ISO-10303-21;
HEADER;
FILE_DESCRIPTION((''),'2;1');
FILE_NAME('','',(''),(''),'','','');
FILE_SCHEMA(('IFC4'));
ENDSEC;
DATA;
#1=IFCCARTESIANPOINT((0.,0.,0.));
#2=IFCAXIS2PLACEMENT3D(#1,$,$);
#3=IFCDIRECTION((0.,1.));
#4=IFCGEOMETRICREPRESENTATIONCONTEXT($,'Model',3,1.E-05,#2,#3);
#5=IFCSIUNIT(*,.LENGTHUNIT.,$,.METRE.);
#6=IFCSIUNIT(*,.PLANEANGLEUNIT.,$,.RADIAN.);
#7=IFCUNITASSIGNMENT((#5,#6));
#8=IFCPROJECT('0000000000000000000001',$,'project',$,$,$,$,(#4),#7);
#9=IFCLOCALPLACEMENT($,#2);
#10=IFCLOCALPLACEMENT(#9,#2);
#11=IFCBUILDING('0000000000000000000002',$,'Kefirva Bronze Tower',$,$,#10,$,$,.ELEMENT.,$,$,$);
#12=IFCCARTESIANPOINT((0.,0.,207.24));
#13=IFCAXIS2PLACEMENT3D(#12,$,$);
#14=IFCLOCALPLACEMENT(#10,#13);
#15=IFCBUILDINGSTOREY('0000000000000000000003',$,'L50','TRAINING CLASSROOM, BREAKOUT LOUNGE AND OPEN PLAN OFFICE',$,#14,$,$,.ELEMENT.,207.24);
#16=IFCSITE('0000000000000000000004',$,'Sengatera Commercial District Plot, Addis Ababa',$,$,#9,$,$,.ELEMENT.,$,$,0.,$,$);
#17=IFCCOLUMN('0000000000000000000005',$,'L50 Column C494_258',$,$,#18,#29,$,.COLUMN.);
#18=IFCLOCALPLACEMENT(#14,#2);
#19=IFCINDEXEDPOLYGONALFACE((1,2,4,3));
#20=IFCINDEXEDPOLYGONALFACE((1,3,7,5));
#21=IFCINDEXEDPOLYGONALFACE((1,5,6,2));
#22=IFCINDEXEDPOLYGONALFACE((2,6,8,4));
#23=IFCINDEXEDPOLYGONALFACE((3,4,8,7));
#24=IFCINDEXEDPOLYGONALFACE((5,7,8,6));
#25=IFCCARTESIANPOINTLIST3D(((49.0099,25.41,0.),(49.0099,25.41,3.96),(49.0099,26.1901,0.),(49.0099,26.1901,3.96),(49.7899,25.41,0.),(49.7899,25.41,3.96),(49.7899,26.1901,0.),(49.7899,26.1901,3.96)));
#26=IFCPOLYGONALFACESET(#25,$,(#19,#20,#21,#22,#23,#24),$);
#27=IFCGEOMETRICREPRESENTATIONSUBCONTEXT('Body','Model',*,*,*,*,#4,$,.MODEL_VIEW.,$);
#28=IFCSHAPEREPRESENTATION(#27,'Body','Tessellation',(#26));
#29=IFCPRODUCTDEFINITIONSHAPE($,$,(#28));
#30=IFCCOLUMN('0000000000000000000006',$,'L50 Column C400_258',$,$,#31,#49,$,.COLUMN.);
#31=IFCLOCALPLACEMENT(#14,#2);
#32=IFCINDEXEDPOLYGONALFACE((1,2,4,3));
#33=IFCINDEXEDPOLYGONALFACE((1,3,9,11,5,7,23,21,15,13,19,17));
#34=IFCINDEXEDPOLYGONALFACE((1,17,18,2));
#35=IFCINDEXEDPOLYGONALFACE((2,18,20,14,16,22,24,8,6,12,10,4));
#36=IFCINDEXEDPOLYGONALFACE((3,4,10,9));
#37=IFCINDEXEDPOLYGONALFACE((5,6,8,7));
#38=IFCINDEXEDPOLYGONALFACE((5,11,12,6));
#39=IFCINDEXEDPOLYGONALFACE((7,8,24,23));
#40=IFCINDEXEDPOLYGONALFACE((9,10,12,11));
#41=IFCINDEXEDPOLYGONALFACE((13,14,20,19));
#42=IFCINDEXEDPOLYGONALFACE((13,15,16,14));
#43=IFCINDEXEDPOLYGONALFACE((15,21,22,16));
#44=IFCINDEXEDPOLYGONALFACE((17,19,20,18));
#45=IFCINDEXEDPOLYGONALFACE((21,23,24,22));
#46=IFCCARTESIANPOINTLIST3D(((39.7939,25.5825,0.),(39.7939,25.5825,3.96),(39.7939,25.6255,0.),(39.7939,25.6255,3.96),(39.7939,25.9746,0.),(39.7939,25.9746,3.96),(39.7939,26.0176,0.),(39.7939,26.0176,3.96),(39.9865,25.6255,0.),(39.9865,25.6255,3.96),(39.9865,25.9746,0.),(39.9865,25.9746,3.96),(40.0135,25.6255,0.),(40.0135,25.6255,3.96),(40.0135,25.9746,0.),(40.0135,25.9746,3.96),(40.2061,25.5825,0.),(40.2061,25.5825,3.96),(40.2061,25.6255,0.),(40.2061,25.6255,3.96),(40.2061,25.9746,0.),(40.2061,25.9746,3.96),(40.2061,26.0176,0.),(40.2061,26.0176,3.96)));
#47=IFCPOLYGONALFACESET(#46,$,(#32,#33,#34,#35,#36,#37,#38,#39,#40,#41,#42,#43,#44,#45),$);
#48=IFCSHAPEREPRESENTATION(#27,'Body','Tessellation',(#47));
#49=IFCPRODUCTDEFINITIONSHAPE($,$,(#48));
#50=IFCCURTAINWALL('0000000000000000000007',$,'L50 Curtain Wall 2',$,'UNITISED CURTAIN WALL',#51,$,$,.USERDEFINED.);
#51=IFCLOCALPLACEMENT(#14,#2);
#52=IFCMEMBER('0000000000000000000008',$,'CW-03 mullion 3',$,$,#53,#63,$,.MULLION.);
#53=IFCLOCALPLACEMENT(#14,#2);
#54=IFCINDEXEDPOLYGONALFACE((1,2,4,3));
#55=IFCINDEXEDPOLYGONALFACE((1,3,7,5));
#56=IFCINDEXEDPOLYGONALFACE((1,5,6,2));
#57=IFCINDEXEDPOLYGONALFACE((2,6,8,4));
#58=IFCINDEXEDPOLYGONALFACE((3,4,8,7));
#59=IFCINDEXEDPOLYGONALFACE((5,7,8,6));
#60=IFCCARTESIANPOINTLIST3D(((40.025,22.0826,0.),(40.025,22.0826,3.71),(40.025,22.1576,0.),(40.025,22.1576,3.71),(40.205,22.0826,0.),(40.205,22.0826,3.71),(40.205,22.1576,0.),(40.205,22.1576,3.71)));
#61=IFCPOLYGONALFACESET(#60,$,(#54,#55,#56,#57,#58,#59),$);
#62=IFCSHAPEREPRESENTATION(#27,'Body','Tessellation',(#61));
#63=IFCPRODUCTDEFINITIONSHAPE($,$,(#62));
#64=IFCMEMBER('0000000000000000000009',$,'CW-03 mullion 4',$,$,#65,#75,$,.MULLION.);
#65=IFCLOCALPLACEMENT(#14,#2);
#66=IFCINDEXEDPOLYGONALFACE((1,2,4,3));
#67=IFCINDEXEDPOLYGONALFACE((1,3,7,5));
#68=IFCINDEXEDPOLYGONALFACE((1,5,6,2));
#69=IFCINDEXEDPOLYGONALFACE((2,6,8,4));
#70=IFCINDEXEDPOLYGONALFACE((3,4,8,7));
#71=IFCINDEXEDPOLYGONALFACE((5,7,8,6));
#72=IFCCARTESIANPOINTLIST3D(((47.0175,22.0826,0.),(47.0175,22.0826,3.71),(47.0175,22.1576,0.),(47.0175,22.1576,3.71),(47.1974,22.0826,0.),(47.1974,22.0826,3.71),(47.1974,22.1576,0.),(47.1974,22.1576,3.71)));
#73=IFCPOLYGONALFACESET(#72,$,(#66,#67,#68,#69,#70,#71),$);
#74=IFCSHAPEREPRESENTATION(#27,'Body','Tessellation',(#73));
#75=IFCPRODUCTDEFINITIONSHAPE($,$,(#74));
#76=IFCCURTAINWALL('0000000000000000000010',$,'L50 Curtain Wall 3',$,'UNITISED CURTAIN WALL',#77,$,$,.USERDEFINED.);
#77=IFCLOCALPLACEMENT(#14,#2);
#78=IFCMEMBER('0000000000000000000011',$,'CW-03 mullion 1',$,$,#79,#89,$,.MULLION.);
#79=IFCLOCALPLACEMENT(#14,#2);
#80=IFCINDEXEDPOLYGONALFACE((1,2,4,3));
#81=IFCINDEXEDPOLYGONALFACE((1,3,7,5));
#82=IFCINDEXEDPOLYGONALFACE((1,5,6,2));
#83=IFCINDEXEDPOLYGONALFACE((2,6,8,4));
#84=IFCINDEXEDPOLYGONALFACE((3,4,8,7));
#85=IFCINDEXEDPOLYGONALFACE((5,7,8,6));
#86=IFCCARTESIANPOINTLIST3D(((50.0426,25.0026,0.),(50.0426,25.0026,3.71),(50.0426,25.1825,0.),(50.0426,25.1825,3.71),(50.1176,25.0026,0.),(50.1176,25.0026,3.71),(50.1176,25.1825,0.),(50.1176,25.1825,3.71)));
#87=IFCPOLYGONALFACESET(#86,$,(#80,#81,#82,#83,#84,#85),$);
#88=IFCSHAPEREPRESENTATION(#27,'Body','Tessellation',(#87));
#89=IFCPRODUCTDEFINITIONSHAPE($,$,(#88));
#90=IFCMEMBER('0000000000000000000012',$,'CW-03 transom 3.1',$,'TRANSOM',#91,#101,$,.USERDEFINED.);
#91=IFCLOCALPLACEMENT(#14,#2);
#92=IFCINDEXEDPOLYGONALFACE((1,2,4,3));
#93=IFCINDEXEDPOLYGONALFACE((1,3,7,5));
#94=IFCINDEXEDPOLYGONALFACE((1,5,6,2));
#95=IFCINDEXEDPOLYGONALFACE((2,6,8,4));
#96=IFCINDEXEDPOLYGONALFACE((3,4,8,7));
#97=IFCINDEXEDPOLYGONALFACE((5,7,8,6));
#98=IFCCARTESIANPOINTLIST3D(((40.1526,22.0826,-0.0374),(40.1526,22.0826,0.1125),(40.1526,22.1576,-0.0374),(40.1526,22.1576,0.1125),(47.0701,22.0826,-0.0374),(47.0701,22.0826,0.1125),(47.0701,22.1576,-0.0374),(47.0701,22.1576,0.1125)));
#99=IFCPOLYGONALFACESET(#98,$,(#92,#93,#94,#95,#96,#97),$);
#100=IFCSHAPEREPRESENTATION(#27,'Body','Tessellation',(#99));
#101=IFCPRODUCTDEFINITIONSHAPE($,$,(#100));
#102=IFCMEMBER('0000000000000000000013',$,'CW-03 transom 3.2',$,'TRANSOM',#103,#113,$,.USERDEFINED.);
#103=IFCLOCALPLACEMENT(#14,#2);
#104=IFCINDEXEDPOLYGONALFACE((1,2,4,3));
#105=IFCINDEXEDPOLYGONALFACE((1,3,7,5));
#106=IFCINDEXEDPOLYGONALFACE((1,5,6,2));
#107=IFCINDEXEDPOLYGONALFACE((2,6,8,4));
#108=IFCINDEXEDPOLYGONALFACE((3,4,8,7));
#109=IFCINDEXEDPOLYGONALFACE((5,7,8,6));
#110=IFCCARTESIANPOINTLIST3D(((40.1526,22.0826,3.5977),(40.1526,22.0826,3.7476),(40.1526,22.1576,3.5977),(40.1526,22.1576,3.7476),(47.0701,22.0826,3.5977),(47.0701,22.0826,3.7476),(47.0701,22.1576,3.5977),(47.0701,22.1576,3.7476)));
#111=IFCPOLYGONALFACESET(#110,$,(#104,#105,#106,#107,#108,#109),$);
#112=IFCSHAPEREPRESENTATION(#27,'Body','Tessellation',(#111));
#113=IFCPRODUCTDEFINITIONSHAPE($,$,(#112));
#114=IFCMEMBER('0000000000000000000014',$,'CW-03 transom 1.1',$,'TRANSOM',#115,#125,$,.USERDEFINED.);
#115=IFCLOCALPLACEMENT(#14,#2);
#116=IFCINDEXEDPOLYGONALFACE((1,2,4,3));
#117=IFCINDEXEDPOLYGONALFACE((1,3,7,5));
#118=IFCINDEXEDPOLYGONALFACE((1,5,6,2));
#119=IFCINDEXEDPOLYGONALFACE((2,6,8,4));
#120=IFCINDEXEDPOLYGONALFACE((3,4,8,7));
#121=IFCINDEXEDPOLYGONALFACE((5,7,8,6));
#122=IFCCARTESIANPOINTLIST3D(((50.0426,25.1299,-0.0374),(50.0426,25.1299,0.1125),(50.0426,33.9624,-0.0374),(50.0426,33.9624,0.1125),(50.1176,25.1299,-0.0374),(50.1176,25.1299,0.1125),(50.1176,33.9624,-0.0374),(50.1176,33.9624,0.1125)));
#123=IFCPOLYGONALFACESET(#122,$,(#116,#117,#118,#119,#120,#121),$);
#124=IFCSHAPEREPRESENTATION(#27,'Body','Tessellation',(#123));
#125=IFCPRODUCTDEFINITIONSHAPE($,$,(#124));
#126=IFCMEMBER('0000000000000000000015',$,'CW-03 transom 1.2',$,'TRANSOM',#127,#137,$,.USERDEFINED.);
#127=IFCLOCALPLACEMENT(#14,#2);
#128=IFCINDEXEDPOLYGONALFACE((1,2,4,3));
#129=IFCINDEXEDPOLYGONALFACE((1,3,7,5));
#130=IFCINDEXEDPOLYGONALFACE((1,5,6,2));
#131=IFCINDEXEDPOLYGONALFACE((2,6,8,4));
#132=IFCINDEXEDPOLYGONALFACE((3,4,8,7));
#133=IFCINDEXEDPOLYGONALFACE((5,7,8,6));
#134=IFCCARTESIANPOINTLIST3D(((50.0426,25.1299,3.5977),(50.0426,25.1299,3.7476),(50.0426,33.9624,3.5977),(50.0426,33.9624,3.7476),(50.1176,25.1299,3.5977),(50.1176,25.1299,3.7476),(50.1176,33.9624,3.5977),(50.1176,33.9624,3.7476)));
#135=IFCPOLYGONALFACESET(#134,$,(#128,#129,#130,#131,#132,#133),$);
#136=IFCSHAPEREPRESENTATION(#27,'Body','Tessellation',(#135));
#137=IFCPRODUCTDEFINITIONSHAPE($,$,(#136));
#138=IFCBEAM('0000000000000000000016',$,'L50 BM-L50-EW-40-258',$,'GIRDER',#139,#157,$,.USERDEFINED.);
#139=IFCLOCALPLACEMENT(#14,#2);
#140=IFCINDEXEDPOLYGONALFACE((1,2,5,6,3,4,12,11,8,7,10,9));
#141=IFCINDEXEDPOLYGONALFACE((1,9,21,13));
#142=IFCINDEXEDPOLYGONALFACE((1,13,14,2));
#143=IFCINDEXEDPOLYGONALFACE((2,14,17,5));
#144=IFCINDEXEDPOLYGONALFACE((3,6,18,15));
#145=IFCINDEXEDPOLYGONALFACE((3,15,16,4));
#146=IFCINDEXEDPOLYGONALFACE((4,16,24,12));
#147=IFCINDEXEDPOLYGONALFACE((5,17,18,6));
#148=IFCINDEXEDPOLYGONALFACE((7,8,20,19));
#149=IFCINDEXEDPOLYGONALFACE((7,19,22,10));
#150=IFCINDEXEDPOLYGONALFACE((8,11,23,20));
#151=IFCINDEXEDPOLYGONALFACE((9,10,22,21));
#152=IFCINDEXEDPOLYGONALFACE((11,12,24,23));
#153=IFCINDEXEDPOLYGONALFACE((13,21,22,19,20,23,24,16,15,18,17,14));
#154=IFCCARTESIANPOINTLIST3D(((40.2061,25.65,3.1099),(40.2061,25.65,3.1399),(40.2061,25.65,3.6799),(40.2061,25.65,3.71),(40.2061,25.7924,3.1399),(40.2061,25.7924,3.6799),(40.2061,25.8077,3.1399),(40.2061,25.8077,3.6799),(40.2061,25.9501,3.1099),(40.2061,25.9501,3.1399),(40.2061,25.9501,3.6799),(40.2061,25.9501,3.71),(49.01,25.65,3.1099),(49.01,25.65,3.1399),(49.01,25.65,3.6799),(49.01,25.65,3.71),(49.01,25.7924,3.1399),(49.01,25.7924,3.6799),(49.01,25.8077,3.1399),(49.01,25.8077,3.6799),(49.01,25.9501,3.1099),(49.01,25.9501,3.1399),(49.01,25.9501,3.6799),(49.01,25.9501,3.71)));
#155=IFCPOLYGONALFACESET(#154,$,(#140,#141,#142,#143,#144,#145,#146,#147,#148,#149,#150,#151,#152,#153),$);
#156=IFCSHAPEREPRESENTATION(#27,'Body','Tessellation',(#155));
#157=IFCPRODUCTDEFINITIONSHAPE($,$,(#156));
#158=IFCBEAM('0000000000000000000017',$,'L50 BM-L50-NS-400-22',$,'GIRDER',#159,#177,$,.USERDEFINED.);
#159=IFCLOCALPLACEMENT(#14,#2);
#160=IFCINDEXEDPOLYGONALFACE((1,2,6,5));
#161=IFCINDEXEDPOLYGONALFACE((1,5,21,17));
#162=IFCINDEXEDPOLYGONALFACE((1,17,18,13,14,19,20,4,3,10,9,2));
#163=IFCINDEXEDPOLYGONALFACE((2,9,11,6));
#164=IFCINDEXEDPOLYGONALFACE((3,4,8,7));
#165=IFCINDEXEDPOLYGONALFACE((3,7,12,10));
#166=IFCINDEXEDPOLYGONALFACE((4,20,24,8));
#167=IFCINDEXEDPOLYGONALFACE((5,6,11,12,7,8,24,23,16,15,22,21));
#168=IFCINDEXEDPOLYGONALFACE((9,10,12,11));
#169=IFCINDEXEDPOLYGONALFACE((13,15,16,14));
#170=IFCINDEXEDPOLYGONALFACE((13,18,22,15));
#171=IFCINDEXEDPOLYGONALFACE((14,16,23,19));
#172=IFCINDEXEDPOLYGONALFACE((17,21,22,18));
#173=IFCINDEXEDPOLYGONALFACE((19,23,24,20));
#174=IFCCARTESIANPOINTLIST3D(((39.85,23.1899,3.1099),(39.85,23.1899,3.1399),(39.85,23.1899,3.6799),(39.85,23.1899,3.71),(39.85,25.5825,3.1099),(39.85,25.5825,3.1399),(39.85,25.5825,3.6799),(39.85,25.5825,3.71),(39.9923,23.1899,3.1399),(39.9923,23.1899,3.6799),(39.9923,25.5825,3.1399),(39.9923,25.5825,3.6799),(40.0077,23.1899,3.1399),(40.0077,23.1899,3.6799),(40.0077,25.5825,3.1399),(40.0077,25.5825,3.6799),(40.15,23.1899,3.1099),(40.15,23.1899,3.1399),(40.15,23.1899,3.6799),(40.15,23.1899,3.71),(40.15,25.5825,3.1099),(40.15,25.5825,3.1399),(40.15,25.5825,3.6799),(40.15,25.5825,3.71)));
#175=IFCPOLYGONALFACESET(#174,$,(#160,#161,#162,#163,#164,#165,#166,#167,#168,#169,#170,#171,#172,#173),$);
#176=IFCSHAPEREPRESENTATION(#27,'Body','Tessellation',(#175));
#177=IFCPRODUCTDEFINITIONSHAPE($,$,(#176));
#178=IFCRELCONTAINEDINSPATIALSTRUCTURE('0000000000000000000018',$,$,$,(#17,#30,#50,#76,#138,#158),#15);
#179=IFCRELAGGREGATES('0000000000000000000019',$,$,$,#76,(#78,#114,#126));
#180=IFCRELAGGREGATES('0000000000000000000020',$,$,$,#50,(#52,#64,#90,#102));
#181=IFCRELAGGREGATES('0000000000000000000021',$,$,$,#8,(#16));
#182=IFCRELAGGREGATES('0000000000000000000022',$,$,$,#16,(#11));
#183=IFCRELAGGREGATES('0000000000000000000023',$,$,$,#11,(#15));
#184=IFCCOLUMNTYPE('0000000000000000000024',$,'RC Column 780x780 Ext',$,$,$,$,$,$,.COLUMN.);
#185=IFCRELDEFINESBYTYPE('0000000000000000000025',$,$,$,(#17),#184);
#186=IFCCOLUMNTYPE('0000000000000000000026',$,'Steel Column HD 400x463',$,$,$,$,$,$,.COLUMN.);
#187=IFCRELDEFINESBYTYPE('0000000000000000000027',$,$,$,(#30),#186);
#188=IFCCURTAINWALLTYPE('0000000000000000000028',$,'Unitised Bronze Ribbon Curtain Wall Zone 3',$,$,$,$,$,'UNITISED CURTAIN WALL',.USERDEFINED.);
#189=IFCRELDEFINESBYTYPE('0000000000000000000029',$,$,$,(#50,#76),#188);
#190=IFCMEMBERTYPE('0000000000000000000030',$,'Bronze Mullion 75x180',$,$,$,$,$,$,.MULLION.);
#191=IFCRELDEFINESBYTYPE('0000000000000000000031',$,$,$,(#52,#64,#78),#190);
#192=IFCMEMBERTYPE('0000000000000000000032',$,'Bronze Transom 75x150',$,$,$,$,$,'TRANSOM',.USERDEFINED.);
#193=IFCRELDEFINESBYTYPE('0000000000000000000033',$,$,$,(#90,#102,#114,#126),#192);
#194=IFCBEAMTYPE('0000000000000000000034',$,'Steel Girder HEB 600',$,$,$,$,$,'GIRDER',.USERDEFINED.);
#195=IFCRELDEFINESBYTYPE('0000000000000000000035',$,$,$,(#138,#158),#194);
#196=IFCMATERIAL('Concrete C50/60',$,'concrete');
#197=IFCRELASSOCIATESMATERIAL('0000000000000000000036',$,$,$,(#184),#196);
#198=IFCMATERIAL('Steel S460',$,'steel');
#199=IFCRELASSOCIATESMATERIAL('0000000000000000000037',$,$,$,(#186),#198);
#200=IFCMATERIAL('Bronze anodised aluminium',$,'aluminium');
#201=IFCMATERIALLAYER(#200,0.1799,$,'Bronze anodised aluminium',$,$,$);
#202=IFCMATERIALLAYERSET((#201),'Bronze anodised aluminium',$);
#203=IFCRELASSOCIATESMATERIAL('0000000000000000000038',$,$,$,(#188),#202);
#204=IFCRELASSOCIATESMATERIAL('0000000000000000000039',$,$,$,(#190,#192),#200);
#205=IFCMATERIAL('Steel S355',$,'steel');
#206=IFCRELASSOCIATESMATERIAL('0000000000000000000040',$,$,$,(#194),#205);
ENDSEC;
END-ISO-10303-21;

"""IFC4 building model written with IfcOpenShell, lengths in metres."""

from ifc_helpers import new_model, si_unit, direction, frame, origin, origin_2d, place, context, subcontext, project, spatial, rectangle, i_section, extrude, material, layer, layer_set, material_profile, profile_set, type_object, element, aggregate, save


model = new_model("IFC4")

# Units and contexts
model_context = context("Model", 3, precision=1e-05, world=origin(), true_north=direction((0.0, 1.0)))
body_context = subcontext(model_context, "Body", "Model", "MODEL_VIEW")
ifc_project = project(units=[si_unit("LENGTHUNIT", "METRE"), si_unit("PLANEANGLEUNIT", "RADIAN")], contexts=[model_context])

# Site, building, storey
site_placement = place(None, origin())
site = spatial("IfcSite", under=ifc_project, at=site_placement, Name="Sengatera Commercial District Plot, Addis Ababa", CompositionType="ELEMENT", RefElevation=0.0)
building_placement = place(site_placement, origin())
building = spatial("IfcBuilding", under=site, at=building_placement, Name="Kefirva Bronze Tower", CompositionType="ELEMENT")
storey_placement = place(building_placement, frame((0.0, 0.0, 207.24)))
storey = spatial("IfcBuildingStorey", under=building, at=storey_placement, Name="L50", Description="TRAINING CLASSROOM, BREAKOUT LOUNGE AND OPEN PLAN OFFICE", CompositionType="ELEMENT", Elevation=207.24)

# Columns
ifc_material_1 = material(Name="Concrete C50/60", Category="concrete")
ifc_material_profile_1 = material_profile(ifc_material_1, rectangle(XDim=0.78, YDim=0.78, at=origin_2d()), Name="RC 780x780")
ifc_profile_set_1 = profile_set([ifc_material_profile_1], Name="Concrete C50/60")
column_type_1 = type_object("IfcColumnType", Name="RC Column 780x780 Ext", PredefinedType="COLUMN", material=ifc_profile_set_1)
column_1_placement = place(storey_placement, frame((49.3999, 25.8, 0.0), z_axis=(0.0, 0.0, 1.0), x_axis=(1.0, 0.0, 0.0)))
element("IfcColumn", 1, at=column_1_placement, inside=storey, type_object=column_type_1, Name="L50 Column C494_258", PredefinedType="COLUMN", context=body_context, shape_type="SweptSolid", body=[
    extrude(rectangle(XDim=0.78, YDim=0.78, at=origin_2d()), origin(), (0.0, 0.0, 1.0), 3.96),
])
ifc_material_2 = material(Name="Steel S460", Category="steel")
ifc_material_profile_2 = material_profile(ifc_material_2, i_section(OverallWidth=0.4121, OverallDepth=0.4351, WebThickness=0.0271, FlangeThickness=0.043, at=origin_2d()), Name="HD 400x463")
ifc_profile_set_2 = profile_set([ifc_material_profile_2], Name="Steel S460")
column_type_2 = type_object("IfcColumnType", Name="Steel Column HD 400x463", PredefinedType="COLUMN", material=ifc_profile_set_2)
column_2_placement = place(storey_placement, frame((40.0, 25.8, 0.0), z_axis=(0.0, 0.0, 1.0), x_axis=(1.0, 0.0, 0.0)))
element("IfcColumn", 2, at=column_2_placement, inside=storey, type_object=column_type_2, Name="L50 Column C400_258", PredefinedType="COLUMN", context=body_context, shape_type="SweptSolid", body=[
    extrude(i_section(OverallWidth=0.4121, OverallDepth=0.4351, WebThickness=0.0271, FlangeThickness=0.043, at=origin_2d()), origin(), (0.0, 0.0, 1.0), 3.96),
])

# Curtain wall, members
ifc_material_3 = material(Name="Bronze anodised aluminium", Category="aluminium")
ifc_layer_1 = layer(ifc_material_3, 0.1799, Name="Bronze anodised aluminium")
ifc_layer_set_1 = layer_set([ifc_layer_1], Name="Bronze anodised aluminium")
curtain_wall_type = type_object("IfcCurtainWallType", Name="Unitised Bronze Ribbon Curtain Wall Zone 3", ElementType="UNITISED CURTAIN WALL", PredefinedType="USERDEFINED", material=ifc_layer_set_1)
curtain_wall_1_placement = place(storey_placement, origin())
curtain_wall_1 = element("IfcCurtainWall", 3, at=curtain_wall_1_placement, inside=storey, type_object=curtain_wall_type, Name="L50 Curtain Wall 2", ObjectType="UNITISED CURTAIN WALL", PredefinedType="USERDEFINED")
ifc_material_profile_3 = material_profile(ifc_material_3, rectangle(XDim=0.075, YDim=0.1799, at=origin_2d()), Name="ALU 75x180")
ifc_profile_set_3 = profile_set([ifc_material_profile_3], Name="Bronze anodised aluminium")
member_type_1 = type_object("IfcMemberType", Name="Bronze Mullion 75x180", PredefinedType="MULLION", material=ifc_profile_set_3)
member_1_placement = place(storey_placement, frame((40.115, 22.1201, 0.0), z_axis=(0.0, 0.0, 1.0), x_axis=(0.0, 1.0, 0.0)))
member_1 = element("IfcMember", 4, at=member_1_placement, type_object=member_type_1, Name="CW-03 mullion 3", PredefinedType="MULLION", context=body_context, shape_type="SweptSolid", body=[
    extrude(rectangle(XDim=0.075, YDim=0.1799, at=origin_2d()), origin(), (0.0, 0.0, 1.0), 3.71),
])
member_2_placement = place(storey_placement, frame((47.1074, 22.1201, 0.0), z_axis=(0.0, 0.0, 1.0), x_axis=(0.0, 1.0, 0.0)))
member_2 = element("IfcMember", 5, at=member_2_placement, type_object=member_type_1, Name="CW-03 mullion 4", PredefinedType="MULLION", context=body_context, shape_type="SweptSolid", body=[
    extrude(rectangle(XDim=0.075, YDim=0.1799, at=origin_2d()), origin(), (0.0, 0.0, 1.0), 3.71),
])

# Curtain wall, member
curtain_wall_2_placement = place(storey_placement, origin())
curtain_wall_2 = element("IfcCurtainWall", 6, at=curtain_wall_2_placement, inside=storey, type_object=curtain_wall_type, Name="L50 Curtain Wall 3", ObjectType="UNITISED CURTAIN WALL", PredefinedType="USERDEFINED")
member_3_placement = place(storey_placement, frame((50.0801, 25.0925, 0.0), z_axis=(0.0, 0.0, 1.0), x_axis=(-1.0, 0.0, 0.0)))
member_3 = element("IfcMember", 7, at=member_3_placement, type_object=member_type_1, Name="CW-03 mullion 1", PredefinedType="MULLION", context=body_context, shape_type="SweptSolid", body=[
    extrude(rectangle(XDim=0.075, YDim=0.1799, at=origin_2d()), origin(), (0.0, 0.0, 1.0), 3.71),
])

# Members
ifc_material_profile_4 = material_profile(ifc_material_3, rectangle(XDim=0.075, YDim=0.1499, at=origin_2d()), Name="ALU 75x150")
ifc_profile_set_4 = profile_set([ifc_material_profile_4], Name="Bronze anodised aluminium")
member_type_2 = type_object("IfcMemberType", Name="Bronze Transom 75x150", ElementType="TRANSOM", PredefinedType="USERDEFINED", material=ifc_profile_set_4)
member_4_placement = place(storey_placement, frame((40.1526, 22.1201, 0.0376), z_axis=(1.0, 0.0, 0.0), x_axis=(0.0, 1.0, 0.0)))
member_4 = element("IfcMember", 8, at=member_4_placement, type_object=member_type_2, Name="CW-03 transom 3.1", ObjectType="TRANSOM", PredefinedType="USERDEFINED", context=body_context, shape_type="SweptSolid", body=[
    extrude(rectangle(XDim=0.075, YDim=0.1499, at=origin_2d()), origin(), (0.0, 0.0, 1.0), 6.9175),
])
member_5_placement = place(storey_placement, frame((40.1526, 22.1201, 3.6726), z_axis=(1.0, 0.0, 0.0), x_axis=(0.0, 1.0, 0.0)))
member_5 = element("IfcMember", 9, at=member_5_placement, type_object=member_type_2, Name="CW-03 transom 3.2", ObjectType="TRANSOM", PredefinedType="USERDEFINED", context=body_context, shape_type="SweptSolid", body=[
    extrude(rectangle(XDim=0.075, YDim=0.1499, at=origin_2d()), origin(), (0.0, 0.0, 1.0), 6.9175),
])
member_6_placement = place(storey_placement, frame((50.0801, 25.1299, 0.0376), z_axis=(0.0, 1.0, 0.0), x_axis=(-1.0, 0.0, 0.0)))
member_6 = element("IfcMember", 10, at=member_6_placement, type_object=member_type_2, Name="CW-03 transom 1.1", ObjectType="TRANSOM", PredefinedType="USERDEFINED", context=body_context, shape_type="SweptSolid", body=[
    extrude(rectangle(XDim=0.075, YDim=0.1499, at=origin_2d()), origin(), (0.0, 0.0, 1.0), 8.8325),
])
member_7_placement = place(storey_placement, frame((50.0801, 25.1299, 3.6726), z_axis=(0.0, 1.0, 0.0), x_axis=(-1.0, 0.0, 0.0)))
member_7 = element("IfcMember", 11, at=member_7_placement, type_object=member_type_2, Name="CW-03 transom 1.2", ObjectType="TRANSOM", PredefinedType="USERDEFINED", context=body_context, shape_type="SweptSolid", body=[
    extrude(rectangle(XDim=0.075, YDim=0.1499, at=origin_2d()), origin(), (0.0, 0.0, 1.0), 8.8325),
])
aggregate(curtain_wall_2, [member_3, member_6, member_7])

# Beams
ifc_material_4 = material(Name="Steel S355", Category="steel")
ifc_material_profile_5 = material_profile(ifc_material_4, i_section(OverallWidth=0.3, OverallDepth=0.6001, WebThickness=0.0154, FlangeThickness=0.03, at=origin_2d()), Name="HEB 600")
ifc_profile_set_5 = profile_set([ifc_material_profile_5], Name="Steel S355")
beam_type_1 = type_object("IfcBeamType", Name="Steel Girder HEB 600", ElementType="GIRDER", PredefinedType="USERDEFINED", material=ifc_profile_set_5)
beam_1_placement = place(storey_placement, frame((40.2061, 25.8, 3.4099), z_axis=(1.0, 0.0, 0.0), x_axis=(0.0, 1.0, 0.0)))
element("IfcBeam", 12, at=beam_1_placement, inside=storey, type_object=beam_type_1, Name="L50 BM-L50-EW-40-258", ObjectType="GIRDER", PredefinedType="USERDEFINED", context=body_context, shape_type="SweptSolid", body=[
    extrude(i_section(OverallWidth=0.3, OverallDepth=0.6001, WebThickness=0.0154, FlangeThickness=0.03, at=origin_2d()), origin(), (0.0, 0.0, 1.0), 8.804),
])
beam_2_placement = place(storey_placement, frame((40.0, 23.1899, 3.4099), z_axis=(0.0, 1.0, 0.0), x_axis=(-1.0, 0.0, 0.0)))
element("IfcBeam", 13, at=beam_2_placement, inside=storey, type_object=beam_type_1, Name="L50 BM-L50-NS-400-22", ObjectType="GIRDER", PredefinedType="USERDEFINED", context=body_context, shape_type="SweptSolid", body=[
    extrude(i_section(OverallWidth=0.3, OverallDepth=0.6001, WebThickness=0.0154, FlangeThickness=0.03, at=origin_2d()), origin(), (0.0, 0.0, 1.0), 2.3926),
])

aggregate(curtain_wall_1, [member_1, member_2, member_4, member_5])

save(model, "model.ifc")
